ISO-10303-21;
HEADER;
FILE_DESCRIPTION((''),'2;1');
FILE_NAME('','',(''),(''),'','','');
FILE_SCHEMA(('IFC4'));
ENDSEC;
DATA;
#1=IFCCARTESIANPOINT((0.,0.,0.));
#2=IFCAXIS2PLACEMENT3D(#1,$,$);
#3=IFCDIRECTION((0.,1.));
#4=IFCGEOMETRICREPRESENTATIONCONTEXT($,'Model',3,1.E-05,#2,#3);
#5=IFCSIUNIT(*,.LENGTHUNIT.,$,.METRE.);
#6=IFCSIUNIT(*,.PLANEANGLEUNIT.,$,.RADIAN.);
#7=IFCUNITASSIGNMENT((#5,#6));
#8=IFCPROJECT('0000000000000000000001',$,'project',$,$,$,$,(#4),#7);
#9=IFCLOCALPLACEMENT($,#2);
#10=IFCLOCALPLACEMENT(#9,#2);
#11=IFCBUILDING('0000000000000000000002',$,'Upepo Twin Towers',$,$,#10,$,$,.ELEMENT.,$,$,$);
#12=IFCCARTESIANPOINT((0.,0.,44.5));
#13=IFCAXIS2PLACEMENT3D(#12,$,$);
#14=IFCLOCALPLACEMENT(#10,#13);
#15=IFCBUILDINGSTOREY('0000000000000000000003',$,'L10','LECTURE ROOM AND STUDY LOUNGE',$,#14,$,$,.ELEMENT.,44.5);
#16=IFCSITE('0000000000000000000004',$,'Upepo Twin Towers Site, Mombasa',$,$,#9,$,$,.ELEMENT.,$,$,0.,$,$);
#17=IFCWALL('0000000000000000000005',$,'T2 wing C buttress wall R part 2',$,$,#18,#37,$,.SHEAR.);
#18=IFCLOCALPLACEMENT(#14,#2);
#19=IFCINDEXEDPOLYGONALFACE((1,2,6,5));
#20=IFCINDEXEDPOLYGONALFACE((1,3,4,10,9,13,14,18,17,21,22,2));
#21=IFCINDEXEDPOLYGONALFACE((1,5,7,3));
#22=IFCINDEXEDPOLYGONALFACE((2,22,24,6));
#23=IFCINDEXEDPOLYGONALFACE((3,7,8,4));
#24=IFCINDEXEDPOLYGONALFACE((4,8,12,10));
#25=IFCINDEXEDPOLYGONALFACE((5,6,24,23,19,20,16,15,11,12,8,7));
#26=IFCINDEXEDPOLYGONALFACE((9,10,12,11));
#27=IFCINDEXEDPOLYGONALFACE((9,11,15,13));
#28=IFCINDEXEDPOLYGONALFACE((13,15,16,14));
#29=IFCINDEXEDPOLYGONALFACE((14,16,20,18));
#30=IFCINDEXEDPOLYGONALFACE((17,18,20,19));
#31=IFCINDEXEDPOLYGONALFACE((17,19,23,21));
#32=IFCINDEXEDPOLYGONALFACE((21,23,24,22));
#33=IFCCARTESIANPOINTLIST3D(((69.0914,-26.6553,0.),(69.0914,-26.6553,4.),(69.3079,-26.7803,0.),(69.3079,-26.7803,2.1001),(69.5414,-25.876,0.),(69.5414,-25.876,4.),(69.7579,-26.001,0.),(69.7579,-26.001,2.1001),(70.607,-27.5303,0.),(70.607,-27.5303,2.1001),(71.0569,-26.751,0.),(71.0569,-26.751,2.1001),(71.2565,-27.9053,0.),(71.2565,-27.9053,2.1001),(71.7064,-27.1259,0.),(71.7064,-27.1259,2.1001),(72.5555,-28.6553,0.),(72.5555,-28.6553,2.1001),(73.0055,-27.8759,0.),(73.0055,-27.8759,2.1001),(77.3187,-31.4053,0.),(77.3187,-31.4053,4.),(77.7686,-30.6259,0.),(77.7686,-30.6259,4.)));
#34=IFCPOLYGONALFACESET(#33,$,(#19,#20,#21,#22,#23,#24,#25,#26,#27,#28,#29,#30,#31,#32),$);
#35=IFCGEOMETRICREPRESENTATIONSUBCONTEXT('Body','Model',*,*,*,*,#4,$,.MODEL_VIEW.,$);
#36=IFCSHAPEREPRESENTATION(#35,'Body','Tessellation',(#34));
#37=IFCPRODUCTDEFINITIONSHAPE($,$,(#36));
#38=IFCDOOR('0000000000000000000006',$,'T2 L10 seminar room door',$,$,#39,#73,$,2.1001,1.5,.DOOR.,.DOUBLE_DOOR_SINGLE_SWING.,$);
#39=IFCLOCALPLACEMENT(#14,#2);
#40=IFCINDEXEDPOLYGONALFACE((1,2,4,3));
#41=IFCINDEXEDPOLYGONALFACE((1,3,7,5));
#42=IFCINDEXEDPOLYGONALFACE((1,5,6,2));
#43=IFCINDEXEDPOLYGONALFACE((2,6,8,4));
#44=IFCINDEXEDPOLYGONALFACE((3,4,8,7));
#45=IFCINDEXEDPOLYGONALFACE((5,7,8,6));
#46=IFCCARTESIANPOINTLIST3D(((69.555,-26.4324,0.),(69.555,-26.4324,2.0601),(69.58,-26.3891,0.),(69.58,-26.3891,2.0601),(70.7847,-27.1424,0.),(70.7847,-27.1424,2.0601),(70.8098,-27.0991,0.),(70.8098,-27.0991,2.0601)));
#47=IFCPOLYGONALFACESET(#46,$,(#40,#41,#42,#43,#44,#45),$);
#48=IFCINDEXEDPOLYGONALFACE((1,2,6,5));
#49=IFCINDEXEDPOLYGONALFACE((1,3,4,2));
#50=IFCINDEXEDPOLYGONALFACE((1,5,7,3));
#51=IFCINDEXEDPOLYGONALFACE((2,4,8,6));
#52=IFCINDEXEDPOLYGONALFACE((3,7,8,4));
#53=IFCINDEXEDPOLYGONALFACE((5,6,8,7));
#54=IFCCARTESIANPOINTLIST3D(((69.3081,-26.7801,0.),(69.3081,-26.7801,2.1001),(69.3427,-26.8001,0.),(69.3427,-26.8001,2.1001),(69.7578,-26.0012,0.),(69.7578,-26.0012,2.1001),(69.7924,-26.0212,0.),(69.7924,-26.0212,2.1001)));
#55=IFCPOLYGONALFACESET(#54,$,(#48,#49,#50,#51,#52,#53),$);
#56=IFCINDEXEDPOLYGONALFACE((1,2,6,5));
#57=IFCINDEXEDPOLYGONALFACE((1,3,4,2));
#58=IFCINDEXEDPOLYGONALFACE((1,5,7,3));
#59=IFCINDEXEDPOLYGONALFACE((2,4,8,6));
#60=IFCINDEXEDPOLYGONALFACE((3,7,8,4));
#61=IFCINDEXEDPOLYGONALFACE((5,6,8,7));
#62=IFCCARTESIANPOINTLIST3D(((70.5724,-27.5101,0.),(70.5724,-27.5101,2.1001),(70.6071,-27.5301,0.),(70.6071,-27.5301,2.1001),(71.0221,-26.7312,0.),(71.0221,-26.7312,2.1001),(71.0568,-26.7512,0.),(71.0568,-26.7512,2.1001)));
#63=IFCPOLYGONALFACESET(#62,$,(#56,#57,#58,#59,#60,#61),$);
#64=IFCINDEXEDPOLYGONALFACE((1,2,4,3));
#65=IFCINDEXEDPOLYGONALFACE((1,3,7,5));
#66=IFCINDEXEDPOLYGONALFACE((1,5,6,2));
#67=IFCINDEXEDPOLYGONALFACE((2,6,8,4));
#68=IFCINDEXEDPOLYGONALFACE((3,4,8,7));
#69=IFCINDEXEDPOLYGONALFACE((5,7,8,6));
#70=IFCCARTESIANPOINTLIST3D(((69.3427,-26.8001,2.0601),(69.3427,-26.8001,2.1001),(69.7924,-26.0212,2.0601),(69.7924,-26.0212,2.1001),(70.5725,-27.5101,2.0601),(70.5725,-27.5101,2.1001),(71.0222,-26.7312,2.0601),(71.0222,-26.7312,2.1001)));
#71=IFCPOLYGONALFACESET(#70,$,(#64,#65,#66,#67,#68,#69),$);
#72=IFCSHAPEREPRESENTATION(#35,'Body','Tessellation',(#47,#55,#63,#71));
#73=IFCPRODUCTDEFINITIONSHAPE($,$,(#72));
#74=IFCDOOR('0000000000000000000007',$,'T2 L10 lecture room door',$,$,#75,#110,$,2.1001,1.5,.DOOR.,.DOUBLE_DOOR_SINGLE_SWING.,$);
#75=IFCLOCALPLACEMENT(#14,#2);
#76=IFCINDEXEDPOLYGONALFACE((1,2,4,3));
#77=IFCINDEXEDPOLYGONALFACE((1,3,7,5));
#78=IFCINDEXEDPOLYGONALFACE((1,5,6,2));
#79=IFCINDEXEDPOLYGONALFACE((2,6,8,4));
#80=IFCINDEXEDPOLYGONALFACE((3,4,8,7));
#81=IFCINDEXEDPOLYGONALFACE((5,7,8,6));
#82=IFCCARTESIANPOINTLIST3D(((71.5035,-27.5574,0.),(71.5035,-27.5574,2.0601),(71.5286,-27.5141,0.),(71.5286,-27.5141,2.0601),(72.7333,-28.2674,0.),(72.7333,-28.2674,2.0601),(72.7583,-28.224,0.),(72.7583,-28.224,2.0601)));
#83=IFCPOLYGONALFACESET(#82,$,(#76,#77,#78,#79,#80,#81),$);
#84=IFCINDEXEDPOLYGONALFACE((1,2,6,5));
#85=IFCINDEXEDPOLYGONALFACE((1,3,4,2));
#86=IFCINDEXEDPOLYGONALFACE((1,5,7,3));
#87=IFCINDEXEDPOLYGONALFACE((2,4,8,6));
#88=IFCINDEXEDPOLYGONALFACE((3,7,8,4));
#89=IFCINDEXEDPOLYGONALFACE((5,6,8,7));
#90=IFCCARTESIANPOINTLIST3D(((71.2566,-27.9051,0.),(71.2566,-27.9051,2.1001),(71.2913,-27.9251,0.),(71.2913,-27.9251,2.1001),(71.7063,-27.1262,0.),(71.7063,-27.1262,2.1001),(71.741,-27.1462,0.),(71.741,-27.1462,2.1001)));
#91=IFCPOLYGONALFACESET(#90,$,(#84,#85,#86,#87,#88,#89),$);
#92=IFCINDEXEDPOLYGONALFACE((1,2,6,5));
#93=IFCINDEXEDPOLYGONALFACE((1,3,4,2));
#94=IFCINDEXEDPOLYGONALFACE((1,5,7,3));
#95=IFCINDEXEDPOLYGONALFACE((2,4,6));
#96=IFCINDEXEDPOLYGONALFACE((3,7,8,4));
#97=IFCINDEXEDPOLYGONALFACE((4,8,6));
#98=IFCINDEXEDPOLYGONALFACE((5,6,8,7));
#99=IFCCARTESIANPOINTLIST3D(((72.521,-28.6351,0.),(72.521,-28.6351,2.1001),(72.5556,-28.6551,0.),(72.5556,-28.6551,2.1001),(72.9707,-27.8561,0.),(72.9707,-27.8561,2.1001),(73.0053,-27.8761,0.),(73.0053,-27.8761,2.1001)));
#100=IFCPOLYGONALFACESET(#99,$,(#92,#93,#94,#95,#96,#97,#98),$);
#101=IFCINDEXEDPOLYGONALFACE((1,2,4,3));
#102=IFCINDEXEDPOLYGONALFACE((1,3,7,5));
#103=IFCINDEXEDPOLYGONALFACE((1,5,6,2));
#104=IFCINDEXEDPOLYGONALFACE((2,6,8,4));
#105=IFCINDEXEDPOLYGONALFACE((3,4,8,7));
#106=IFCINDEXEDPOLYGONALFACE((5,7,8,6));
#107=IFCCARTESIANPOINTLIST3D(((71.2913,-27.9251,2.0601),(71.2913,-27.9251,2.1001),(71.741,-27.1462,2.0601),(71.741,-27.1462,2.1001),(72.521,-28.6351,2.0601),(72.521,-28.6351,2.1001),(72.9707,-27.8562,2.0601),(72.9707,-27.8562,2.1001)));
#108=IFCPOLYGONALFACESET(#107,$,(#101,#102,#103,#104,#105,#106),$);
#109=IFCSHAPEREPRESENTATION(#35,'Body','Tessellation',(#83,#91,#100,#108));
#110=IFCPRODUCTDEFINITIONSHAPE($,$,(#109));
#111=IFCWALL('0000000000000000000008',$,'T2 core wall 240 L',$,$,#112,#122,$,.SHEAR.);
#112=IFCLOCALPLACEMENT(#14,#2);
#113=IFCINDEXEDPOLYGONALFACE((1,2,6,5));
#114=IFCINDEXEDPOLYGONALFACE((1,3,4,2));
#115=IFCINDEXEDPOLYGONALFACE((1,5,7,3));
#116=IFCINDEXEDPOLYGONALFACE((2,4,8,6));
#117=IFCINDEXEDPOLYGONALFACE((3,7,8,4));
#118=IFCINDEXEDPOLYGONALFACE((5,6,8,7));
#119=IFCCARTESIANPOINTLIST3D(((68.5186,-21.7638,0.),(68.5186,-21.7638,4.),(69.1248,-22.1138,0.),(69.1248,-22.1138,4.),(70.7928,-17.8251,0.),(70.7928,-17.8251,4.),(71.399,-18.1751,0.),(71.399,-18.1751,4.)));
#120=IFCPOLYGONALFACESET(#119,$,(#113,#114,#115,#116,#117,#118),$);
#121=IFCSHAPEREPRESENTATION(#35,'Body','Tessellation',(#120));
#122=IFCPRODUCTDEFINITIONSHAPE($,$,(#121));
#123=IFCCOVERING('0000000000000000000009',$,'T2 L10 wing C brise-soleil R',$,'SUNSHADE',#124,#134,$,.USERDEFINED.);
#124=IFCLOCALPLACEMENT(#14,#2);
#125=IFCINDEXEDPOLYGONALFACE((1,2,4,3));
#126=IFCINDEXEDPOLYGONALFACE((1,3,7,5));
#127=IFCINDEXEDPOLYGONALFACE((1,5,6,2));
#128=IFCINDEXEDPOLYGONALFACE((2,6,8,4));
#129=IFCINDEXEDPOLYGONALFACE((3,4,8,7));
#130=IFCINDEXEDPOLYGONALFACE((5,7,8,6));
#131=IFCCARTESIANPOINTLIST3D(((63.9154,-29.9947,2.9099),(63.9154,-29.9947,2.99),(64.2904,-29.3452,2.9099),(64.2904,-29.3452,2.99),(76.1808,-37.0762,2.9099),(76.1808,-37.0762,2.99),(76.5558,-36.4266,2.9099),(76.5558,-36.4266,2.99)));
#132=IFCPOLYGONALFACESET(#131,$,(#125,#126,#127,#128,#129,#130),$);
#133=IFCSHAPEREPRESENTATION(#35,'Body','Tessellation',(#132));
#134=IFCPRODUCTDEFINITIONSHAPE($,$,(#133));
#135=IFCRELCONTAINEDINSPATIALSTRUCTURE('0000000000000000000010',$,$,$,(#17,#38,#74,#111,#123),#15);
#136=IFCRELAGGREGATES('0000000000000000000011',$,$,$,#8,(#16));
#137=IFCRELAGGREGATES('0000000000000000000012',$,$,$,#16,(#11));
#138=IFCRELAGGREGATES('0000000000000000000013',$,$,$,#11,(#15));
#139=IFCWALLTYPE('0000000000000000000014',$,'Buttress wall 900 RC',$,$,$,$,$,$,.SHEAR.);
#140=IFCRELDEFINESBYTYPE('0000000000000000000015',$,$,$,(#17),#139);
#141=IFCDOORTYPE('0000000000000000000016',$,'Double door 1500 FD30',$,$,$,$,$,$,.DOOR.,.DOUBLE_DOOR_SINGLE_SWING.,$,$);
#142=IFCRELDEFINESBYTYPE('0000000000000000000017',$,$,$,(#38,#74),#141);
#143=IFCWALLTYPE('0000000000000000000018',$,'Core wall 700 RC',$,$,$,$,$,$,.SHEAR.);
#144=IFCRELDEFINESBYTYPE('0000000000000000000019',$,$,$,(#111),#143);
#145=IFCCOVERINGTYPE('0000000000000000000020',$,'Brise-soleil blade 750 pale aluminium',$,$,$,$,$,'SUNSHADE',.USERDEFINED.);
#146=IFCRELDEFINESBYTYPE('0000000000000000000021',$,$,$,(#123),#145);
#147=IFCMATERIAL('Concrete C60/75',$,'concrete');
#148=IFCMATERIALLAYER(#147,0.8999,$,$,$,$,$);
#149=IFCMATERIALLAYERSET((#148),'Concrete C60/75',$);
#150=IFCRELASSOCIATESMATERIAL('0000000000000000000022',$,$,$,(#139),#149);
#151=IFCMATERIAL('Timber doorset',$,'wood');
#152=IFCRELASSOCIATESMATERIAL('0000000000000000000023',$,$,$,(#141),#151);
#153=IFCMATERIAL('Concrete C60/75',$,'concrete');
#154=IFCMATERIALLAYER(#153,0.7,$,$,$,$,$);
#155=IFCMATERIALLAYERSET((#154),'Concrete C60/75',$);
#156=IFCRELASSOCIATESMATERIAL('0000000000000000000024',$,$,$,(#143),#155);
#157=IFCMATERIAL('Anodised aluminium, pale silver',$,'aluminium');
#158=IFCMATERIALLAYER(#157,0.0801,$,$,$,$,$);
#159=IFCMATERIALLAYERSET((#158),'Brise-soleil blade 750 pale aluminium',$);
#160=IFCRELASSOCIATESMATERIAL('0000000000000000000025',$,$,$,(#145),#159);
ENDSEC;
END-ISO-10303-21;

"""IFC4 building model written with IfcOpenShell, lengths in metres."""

from ifc_helpers import new_model, si_unit, direction, frame, frame_2d, origin, origin_2d, place, context, subcontext, project, spatial, rectangle, extrude, material, layer, layer_set, type_object, element, fill, save


model = new_model("IFC4")

# Units and contexts
model_context = context("Model", 3, precision=1e-05, world=origin(), true_north=direction((0.0, 1.0)))
body_context = subcontext(model_context, "Body", "Model", "MODEL_VIEW")
ifc_project = project(units=[si_unit("LENGTHUNIT", "METRE"), si_unit("PLANEANGLEUNIT", "RADIAN")], contexts=[model_context])

# Site, building, storey
site_placement = place(None, origin())
site = spatial("IfcSite", under=ifc_project, at=site_placement, Name="Upepo Twin Towers Site, Mombasa", CompositionType="ELEMENT", RefElevation=0.0)
building_placement = place(site_placement, origin())
building = spatial("IfcBuilding", under=site, at=building_placement, Name="Upepo Twin Towers", CompositionType="ELEMENT")
storey_placement = place(building_placement, frame((0.0, 0.0, 44.5)))
storey = spatial("IfcBuildingStorey", under=building, at=storey_placement, Name="L10", Description="LECTURE ROOM AND STUDY LOUNGE", CompositionType="ELEMENT", Elevation=44.5)

# Wall, openings, doors
ifc_material_1 = material(Name="Concrete C60/75", Category="concrete")
ifc_layer_1 = layer(ifc_material_1, 0.8999)
ifc_layer_set_1 = layer_set([ifc_layer_1], Name="Concrete C60/75")
wall_type_1 = type_object("IfcWallType", Name="Buttress wall 900 RC", PredefinedType="SHEAR", material=ifc_layer_set_1)
ifc_material_2 = material(Name="Timber doorset", Category="wood")
door_type = type_object("IfcDoorType", Name="Double door 1500 FD30", OperationType="DOUBLE_DOOR_SINGLE_SWING", PredefinedType="DOOR", material=ifc_material_2)
wall_1_placement = place(storey_placement, frame((69.3164, -26.2656, 0.0), z_axis=(0.0, 0.0, 1.0), x_axis=(0.866027, -0.499998, 0.0)))
wall_1 = element("IfcWall", 1, at=wall_1_placement, inside=storey, type_object=wall_type_1, Name="T2 wing C buttress wall R part 2", PredefinedType="SHEAR", context=body_context, shape_type="SweptSolid", body=[
    extrude(rectangle(XDim=9.5, YDim=0.8999, at=frame_2d((4.75, 0.0))), origin(), (0.0, 0.0, 1.0), 4.0),
])
opening_1_placement = place(wall_1_placement, frame((0.25, 0.0, 0.0)))
opening_1 = element("IfcOpeningElement", 2, at=opening_1_placement, cuts=wall_1, PredefinedType="OPENING", context=body_context, shape_type="SweptSolid", body=[
    extrude(rectangle(XDim=1.5, YDim=2.1001, at=frame_2d((0.75, 1.05))), frame((0.0, 0.46, 0.0), z_axis=(0.0, -1.0, 0.0), x_axis=(1.0, 0.0, 0.0)), (0.0, 0.0, 1.0), 0.9199),
])
opening_2_placement = place(wall_1_placement, frame((2.5, 0.0, 0.0)))
opening_2 = element("IfcOpeningElement", 3, at=opening_2_placement, cuts=wall_1, PredefinedType="OPENING", context=body_context, shape_type="SweptSolid", body=[
    extrude(rectangle(XDim=1.5, YDim=2.1001, at=frame_2d((0.75, 1.05))), frame((0.0, 0.46, 0.0), z_axis=(0.0, -1.0, 0.0), x_axis=(1.0, 0.0, 0.0)), (0.0, 0.0, 1.0), 0.9199),
])
door_1_placement = place(opening_1_placement, origin())
door_1 = element("IfcDoor", 4, at=door_1_placement, inside=storey, type_object=door_type, Name="T2 L10 seminar room door", OperationType="DOUBLE_DOOR_SINGLE_SWING", OverallHeight=2.1001, OverallWidth=1.5, PredefinedType="DOOR", context=body_context, shape_type="SweptSolid", body=[
    extrude(rectangle(XDim=1.42, YDim=2.0601, at=frame_2d((0.75, 1.03))), frame((0.0, 0.0249, 0.0), z_axis=(0.0, -1.0, 0.0), x_axis=(1.0, 0.0, 0.0)), (0.0, 0.0, 1.0), 0.05),
    extrude(rectangle(XDim=0.04, YDim=2.1001, at=frame_2d((0.02, 1.05))), frame((0.0, 0.4497, 0.0), z_axis=(0.0, -1.0, 0.0), x_axis=(1.0, 0.0, 0.0)), (0.0, 0.0, 1.0), 0.8994),
    extrude(rectangle(XDim=0.04, YDim=2.1001, at=frame_2d((1.48, 1.05))), frame((0.0, 0.4497, 0.0), z_axis=(0.0, -1.0, 0.0), x_axis=(1.0, 0.0, 0.0)), (0.0, 0.0, 1.0), 0.8994),
    extrude(rectangle(XDim=1.42, YDim=0.04, at=frame_2d((0.75, 2.0801))), frame((0.0, 0.4497, 0.0), z_axis=(0.0, -1.0, 0.0), x_axis=(1.0, 0.0, 0.0)), (0.0, 0.0, 1.0), 0.8994),
])
fill(opening_1, door_1)
door_2_placement = place(opening_2_placement, origin())
door_2 = element("IfcDoor", 5, at=door_2_placement, inside=storey, type_object=door_type, Name="T2 L10 lecture room door", OperationType="DOUBLE_DOOR_SINGLE_SWING", OverallHeight=2.1001, OverallWidth=1.5, PredefinedType="DOOR", context=body_context, shape_type="SweptSolid", body=[
    extrude(rectangle(XDim=1.42, YDim=2.0601, at=frame_2d((0.75, 1.03))), frame((0.0, 0.0249, 0.0), z_axis=(0.0, -1.0, 0.0), x_axis=(1.0, 0.0, 0.0)), (0.0, 0.0, 1.0), 0.05),
    extrude(rectangle(XDim=0.04, YDim=2.1001, at=frame_2d((0.02, 1.05))), frame((0.0, 0.4497, 0.0), z_axis=(0.0, -1.0, 0.0), x_axis=(1.0, 0.0, 0.0)), (0.0, 0.0, 1.0), 0.8994),
    extrude(rectangle(XDim=0.04, YDim=2.1001, at=frame_2d((1.48, 1.05))), frame((0.0, 0.4497, 0.0), z_axis=(0.0, -1.0, 0.0), x_axis=(1.0, 0.0, 0.0)), (0.0, 0.0, 1.0), 0.8994),
    extrude(rectangle(XDim=1.42, YDim=0.04, at=frame_2d((0.75, 2.0801))), frame((0.0, 0.4497, 0.0), z_axis=(0.0, -1.0, 0.0), x_axis=(1.0, 0.0, 0.0)), (0.0, 0.0, 1.0), 0.8994),
])
fill(opening_2, door_2)

# Wall
ifc_material_3 = material(Name="Concrete C60/75", Category="concrete")
ifc_layer_2 = layer(ifc_material_3, 0.7)
ifc_layer_set_2 = layer_set([ifc_layer_2], Name="Concrete C60/75")
wall_type_2 = type_object("IfcWallType", Name="Core wall 700 RC", PredefinedType="SHEAR", material=ifc_layer_set_2)
wall_2_placement = place(storey_placement, frame((68.8218, -21.9387, 0.0), z_axis=(0.0, 0.0, 1.0), x_axis=(0.500024, 0.866011, 0.0)))
element("IfcWall", 6, at=wall_2_placement, inside=storey, type_object=wall_type_2, Name="T2 core wall 240 L", PredefinedType="SHEAR", context=body_context, shape_type="SweptSolid", body=[
    extrude(rectangle(XDim=4.5481, YDim=0.7, at=frame_2d((2.2739, 0.0))), origin(), (0.0, 0.0, 1.0), 4.0),
])

# Covering
ifc_material_4 = material(Name="Anodised aluminium, pale silver", Category="aluminium")
ifc_layer_3 = layer(ifc_material_4, 0.0801)
ifc_layer_set_3 = layer_set([ifc_layer_3], Name="Brise-soleil blade 750 pale aluminium")
covering_type = type_object("IfcCoveringType", Name="Brise-soleil blade 750 pale aluminium", ElementType="SUNSHADE", PredefinedType="USERDEFINED", material=ifc_layer_set_3)
covering_placement = place(storey_placement, frame((70.2356, -33.2107, 2.9099), z_axis=(0.0, 0.0, 1.0), x_axis=(0.866025, -0.5, 0.0)))
element("IfcCovering", 7, at=covering_placement, inside=storey, type_object=covering_type, Name="T2 L10 wing C brise-soleil R", ObjectType="SUNSHADE", PredefinedType="USERDEFINED", context=body_context, shape_type="SweptSolid", body=[
    extrude(rectangle(XDim=14.1628, YDim=0.75, at=origin_2d()), origin(), (0.0, 0.0, 1.0), 0.0801),
])

save(model, "model.ifc")
